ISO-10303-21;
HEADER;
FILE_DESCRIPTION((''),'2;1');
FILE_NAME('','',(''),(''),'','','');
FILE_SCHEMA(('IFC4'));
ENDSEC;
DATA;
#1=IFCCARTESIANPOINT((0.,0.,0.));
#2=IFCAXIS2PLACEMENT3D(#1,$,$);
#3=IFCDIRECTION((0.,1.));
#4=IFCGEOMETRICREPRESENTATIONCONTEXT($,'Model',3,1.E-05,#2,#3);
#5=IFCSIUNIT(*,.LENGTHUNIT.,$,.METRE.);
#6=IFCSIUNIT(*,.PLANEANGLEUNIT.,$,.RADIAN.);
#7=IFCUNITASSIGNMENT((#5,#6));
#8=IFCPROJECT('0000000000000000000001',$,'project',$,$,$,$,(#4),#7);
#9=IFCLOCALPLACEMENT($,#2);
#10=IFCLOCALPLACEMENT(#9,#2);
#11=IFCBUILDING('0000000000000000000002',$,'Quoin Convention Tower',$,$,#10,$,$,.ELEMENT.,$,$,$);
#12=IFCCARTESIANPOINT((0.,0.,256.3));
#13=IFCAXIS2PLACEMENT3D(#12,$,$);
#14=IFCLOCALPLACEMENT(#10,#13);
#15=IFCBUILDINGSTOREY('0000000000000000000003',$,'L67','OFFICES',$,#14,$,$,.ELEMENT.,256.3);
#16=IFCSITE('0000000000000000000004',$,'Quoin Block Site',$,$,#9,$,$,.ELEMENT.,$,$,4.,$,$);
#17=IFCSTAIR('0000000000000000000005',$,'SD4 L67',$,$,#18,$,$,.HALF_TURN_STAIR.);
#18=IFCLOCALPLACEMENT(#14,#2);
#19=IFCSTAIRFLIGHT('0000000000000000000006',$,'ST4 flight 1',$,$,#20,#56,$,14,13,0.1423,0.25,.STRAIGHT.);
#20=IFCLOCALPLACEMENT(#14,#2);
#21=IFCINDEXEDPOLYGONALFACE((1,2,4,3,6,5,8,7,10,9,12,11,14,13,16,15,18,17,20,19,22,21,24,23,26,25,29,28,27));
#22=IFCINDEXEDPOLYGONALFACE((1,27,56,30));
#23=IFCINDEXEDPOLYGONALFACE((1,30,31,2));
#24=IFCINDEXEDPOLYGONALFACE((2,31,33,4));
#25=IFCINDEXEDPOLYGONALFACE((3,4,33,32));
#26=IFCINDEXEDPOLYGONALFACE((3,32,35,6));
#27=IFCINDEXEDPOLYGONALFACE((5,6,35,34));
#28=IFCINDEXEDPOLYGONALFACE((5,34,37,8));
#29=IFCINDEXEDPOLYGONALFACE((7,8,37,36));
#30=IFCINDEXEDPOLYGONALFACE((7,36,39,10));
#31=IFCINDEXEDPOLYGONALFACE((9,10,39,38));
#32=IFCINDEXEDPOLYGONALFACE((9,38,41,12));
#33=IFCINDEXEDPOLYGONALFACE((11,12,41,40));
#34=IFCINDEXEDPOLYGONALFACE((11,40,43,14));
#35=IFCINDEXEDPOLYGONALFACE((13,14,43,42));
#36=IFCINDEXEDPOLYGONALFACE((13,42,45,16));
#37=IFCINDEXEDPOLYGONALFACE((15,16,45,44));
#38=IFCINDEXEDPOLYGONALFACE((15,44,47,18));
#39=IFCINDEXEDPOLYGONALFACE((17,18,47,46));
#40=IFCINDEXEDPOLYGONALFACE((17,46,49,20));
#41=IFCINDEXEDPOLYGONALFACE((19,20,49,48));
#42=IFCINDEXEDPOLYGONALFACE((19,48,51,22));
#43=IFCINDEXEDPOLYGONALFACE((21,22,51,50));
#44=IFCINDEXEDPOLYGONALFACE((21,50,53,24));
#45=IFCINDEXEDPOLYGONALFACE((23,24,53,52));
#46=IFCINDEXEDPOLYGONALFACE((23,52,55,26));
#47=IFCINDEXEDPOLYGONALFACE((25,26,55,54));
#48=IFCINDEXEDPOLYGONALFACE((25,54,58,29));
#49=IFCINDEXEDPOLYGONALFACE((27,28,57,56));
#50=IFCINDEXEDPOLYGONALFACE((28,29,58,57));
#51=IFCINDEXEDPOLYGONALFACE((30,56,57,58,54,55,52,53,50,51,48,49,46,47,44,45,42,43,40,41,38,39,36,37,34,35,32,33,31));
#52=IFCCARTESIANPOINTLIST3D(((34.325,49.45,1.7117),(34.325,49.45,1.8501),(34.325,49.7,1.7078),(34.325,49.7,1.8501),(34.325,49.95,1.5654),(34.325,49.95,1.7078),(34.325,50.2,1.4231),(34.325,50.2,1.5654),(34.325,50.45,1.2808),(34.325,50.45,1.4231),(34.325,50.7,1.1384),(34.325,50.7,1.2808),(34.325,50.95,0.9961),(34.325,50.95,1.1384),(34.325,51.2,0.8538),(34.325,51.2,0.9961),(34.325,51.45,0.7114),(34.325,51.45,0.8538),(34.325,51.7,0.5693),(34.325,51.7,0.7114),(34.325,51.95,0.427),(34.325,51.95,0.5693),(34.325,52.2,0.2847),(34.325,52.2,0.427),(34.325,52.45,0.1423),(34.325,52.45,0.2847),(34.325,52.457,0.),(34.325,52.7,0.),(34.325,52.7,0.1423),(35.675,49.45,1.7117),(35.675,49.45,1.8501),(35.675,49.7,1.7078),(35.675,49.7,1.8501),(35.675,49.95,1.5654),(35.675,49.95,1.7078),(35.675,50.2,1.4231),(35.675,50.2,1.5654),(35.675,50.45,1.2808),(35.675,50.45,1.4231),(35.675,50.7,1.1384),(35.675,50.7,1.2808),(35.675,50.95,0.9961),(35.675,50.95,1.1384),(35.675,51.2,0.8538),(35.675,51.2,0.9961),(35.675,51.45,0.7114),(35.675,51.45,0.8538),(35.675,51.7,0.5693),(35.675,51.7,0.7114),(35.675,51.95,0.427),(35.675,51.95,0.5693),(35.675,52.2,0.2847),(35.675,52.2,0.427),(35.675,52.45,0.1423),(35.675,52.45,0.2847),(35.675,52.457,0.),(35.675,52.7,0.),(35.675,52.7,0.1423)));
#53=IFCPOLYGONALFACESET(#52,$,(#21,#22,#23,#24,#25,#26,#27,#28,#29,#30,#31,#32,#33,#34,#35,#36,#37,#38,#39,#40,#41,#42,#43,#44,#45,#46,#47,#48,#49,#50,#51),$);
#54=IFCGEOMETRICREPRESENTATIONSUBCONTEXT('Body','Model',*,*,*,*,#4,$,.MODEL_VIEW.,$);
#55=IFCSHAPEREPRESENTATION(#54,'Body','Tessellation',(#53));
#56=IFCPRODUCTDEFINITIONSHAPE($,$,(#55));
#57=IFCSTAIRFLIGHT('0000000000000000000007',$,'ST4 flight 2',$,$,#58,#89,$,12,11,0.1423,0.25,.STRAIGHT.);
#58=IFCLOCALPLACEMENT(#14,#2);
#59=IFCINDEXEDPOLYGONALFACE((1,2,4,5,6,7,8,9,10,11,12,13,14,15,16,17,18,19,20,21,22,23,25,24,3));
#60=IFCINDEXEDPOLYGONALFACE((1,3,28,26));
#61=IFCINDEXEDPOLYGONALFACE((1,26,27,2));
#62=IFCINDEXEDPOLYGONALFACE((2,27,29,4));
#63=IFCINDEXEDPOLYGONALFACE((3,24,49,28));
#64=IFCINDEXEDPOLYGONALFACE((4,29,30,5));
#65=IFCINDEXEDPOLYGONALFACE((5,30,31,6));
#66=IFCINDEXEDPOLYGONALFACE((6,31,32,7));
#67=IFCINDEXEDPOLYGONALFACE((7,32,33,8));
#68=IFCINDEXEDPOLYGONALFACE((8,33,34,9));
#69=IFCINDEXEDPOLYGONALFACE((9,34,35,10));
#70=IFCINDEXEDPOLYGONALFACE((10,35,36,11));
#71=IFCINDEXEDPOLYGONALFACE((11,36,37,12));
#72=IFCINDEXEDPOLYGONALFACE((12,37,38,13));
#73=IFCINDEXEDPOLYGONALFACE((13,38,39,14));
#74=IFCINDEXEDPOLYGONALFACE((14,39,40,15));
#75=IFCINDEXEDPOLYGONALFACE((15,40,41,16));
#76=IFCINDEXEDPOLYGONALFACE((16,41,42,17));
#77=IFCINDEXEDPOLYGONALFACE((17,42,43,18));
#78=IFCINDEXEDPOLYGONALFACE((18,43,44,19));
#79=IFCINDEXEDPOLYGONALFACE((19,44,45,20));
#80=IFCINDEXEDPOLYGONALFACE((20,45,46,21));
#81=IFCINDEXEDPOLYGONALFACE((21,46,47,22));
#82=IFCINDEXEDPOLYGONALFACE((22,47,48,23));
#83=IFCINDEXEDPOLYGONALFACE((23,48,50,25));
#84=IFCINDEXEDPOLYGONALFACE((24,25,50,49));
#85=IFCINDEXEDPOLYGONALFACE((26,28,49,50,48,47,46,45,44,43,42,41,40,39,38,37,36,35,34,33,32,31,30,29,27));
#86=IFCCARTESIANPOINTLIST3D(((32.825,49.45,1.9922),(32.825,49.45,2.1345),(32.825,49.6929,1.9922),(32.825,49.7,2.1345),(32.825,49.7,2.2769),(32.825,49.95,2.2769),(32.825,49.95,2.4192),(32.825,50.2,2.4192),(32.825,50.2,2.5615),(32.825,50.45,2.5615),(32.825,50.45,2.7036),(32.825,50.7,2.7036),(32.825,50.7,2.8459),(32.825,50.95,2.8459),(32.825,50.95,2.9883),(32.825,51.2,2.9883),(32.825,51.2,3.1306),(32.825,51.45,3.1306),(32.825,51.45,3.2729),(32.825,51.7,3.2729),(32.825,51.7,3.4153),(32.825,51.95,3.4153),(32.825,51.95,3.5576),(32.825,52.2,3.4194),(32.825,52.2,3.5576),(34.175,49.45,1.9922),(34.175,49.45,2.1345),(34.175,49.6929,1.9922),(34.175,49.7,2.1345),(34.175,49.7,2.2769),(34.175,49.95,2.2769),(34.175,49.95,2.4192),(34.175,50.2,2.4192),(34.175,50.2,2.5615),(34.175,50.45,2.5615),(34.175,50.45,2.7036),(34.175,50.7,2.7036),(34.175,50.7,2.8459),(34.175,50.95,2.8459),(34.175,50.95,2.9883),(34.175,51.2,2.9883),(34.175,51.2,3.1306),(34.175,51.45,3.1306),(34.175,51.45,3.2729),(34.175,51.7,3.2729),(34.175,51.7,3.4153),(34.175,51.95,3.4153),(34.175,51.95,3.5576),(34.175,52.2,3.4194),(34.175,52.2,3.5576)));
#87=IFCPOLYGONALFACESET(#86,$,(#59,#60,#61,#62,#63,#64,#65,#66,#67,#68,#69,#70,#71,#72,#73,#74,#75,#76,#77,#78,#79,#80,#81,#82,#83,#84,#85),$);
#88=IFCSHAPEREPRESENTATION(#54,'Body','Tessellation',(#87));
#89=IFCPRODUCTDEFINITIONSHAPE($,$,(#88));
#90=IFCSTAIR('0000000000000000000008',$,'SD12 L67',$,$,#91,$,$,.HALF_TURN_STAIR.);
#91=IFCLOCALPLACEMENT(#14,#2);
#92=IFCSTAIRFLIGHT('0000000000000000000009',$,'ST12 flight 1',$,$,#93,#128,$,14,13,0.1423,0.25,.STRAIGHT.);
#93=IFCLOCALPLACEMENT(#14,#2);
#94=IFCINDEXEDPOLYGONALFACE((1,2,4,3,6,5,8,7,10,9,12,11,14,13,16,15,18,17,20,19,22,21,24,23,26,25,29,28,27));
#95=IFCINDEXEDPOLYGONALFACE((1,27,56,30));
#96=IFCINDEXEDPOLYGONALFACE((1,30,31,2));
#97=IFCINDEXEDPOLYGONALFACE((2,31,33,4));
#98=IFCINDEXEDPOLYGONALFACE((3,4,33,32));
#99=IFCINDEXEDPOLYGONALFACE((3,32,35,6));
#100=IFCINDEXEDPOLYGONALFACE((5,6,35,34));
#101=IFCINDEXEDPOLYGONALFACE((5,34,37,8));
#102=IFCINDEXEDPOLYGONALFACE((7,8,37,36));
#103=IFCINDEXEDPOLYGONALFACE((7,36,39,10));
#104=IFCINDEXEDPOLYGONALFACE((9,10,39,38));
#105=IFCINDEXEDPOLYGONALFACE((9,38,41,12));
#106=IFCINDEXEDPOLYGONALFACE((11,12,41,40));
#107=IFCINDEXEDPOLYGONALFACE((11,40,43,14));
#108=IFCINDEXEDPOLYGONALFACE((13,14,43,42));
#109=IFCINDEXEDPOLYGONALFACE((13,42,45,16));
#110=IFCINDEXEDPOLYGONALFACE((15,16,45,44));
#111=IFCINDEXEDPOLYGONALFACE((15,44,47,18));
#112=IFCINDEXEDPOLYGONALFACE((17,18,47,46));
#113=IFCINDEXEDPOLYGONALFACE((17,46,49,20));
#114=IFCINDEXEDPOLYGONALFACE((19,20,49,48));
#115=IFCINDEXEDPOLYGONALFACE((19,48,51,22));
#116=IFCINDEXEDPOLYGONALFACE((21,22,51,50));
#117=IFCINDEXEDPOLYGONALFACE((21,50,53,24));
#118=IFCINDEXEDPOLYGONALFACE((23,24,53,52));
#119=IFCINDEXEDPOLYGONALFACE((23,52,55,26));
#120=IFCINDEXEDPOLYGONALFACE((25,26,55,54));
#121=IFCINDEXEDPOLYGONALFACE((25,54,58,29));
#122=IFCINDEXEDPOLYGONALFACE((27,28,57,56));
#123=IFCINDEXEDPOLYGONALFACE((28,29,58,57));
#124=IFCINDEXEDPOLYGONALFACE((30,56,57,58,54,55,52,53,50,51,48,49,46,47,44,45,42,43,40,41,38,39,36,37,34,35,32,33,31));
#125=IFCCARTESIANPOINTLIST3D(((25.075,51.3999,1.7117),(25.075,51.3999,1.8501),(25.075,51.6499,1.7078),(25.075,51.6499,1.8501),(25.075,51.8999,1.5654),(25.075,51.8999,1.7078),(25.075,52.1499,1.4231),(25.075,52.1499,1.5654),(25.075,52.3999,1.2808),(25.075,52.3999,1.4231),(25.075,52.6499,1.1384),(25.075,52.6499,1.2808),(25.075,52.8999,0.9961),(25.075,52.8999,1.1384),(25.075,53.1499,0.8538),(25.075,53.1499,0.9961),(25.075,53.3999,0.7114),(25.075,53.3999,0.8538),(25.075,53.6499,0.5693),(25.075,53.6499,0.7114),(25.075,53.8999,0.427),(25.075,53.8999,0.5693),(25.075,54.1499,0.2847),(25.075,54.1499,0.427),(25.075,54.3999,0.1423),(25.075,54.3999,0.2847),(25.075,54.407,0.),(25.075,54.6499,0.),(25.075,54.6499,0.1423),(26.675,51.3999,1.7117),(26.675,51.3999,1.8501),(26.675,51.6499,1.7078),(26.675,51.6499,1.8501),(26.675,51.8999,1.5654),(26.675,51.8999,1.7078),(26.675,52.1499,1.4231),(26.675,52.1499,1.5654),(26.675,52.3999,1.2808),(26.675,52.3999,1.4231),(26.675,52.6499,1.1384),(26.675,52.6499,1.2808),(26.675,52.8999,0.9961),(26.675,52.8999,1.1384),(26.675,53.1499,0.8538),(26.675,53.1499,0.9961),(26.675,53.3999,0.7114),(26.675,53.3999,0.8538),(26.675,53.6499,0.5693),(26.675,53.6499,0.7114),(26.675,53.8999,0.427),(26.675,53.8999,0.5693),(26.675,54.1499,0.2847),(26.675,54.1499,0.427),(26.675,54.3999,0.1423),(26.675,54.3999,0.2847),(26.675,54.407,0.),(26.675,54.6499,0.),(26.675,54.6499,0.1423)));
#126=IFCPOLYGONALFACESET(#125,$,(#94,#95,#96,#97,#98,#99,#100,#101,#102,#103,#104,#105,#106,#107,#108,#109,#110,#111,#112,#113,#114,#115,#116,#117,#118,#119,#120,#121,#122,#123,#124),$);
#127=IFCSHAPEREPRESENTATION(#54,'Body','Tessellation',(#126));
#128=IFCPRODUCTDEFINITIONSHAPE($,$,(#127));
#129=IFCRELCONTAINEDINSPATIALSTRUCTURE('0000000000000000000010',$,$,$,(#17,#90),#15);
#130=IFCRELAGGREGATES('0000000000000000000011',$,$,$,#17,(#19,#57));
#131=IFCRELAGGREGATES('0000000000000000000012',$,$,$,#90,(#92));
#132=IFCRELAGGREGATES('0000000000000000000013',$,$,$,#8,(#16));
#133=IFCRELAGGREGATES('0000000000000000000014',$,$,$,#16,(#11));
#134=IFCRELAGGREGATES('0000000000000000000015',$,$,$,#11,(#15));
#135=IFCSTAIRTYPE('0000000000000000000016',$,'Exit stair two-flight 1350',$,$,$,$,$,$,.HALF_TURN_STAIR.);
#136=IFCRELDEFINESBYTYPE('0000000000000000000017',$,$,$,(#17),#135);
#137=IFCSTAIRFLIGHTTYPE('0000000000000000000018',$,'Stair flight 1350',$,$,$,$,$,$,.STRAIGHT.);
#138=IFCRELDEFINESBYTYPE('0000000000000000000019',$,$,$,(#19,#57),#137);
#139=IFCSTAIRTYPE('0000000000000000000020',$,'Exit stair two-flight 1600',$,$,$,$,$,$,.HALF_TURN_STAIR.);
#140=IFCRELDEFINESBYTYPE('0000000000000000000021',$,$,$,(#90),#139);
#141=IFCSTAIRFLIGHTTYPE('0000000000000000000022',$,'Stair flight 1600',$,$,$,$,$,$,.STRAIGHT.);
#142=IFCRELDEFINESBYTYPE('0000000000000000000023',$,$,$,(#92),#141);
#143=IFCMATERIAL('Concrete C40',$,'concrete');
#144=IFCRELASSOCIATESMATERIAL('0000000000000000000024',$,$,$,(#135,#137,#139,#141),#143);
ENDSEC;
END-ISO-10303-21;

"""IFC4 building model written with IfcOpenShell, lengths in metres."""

from ifc_helpers import new_model, si_unit, direction, frame, origin, place, context, subcontext, project, spatial, polyline, outline, extrude, material, type_object, element, aggregate, save


model = new_model("IFC4")

# Units and contexts
model_context = context("Model", 3, precision=1e-05, world=origin(), true_north=direction((0.0, 1.0)))
body_context = subcontext(model_context, "Body", "Model", "MODEL_VIEW")
ifc_project = project(units=[si_unit("LENGTHUNIT", "METRE"), si_unit("PLANEANGLEUNIT", "RADIAN")], contexts=[model_context])

# Site, building, storey
site_placement = place(None, origin())
site = spatial("IfcSite", under=ifc_project, at=site_placement, Name="Quoin Block Site", CompositionType="ELEMENT", RefElevation=4.0)
building_placement = place(site_placement, origin())
building = spatial("IfcBuilding", under=site, at=building_placement, Name="Quoin Convention Tower", CompositionType="ELEMENT")
storey_placement = place(building_placement, frame((0.0, 0.0, 256.3)))
storey = spatial("IfcBuildingStorey", under=building, at=storey_placement, Name="L67", Description="OFFICES", CompositionType="ELEMENT", Elevation=256.3)

# Shared definitions
ifc_material_1 = material(Name="Concrete C40", Category="concrete")
stair_type_1 = type_object("IfcStairType", Name="Exit stair two-flight 1350", PredefinedType="HALF_TURN_STAIR", material=ifc_material_1)
stair_flight_type_1 = type_object("IfcStairFlightType", Name="Stair flight 1350", PredefinedType="STRAIGHT", material=ifc_material_1)

# Stair, stair flights
stair_1_placement = place(storey_placement, origin())
stair_1 = element("IfcStair", 1, at=stair_1_placement, inside=storey, type_object=stair_type_1, Name="SD4 L67", PredefinedType="HALF_TURN_STAIR")
stair_flight_1_placement = place(storey_placement, frame((35.0, 52.7, 0.0), z_axis=(0.0, 0.0, 1.0), x_axis=(0.0, -1.0, 0.0)))
stair_flight_1 = element("IfcStairFlight", 2, at=stair_flight_1_placement, type_object=stair_flight_type_1, Name="ST4 flight 1", NumberOfRisers=14, NumberOfTreads=13, PredefinedType="STRAIGHT", RiserHeight=0.1423, TreadLength=0.25, context=body_context, shape_type="SweptSolid", body=[
    extrude(outline(polyline([(0.0, 0.0), (0.0, 0.1423), (0.25, 0.1423), (0.25, 0.2847), (0.5, 0.2847), (0.5, 0.427), (0.75, 0.427), (0.75, 0.5693), (1.0, 0.5693), (1.0, 0.7114), (1.25, 0.7114), (1.25, 0.8538), (1.5, 0.8538), (1.5, 0.9961), (1.75, 0.9961), (1.75, 1.1384), (2.0, 1.1384), (2.0, 1.2808), (2.25, 1.2808), (2.25, 1.4231), (2.5, 1.4231), (2.5, 1.5654), (2.75, 1.5654), (2.75, 1.7078), (3.0, 1.7078), (3.0, 1.8501), (3.25, 1.8501), (3.25, 1.9922), (3.25, 1.7117), (0.2429, 0.0), (0.0, 0.0)])), frame((0.0, 0.675, 0.0), z_axis=(0.0, -1.0, 0.0), x_axis=(1.0, 0.0, 0.0)), (0.0, 0.0, 1.0), 1.3501),
])
stair_flight_2_placement = place(storey_placement, frame((33.5, 49.45, 1.9922), z_axis=(0.0, 0.0, 1.0), x_axis=(0.0, 1.0, 0.0)))
stair_flight_2 = element("IfcStairFlight", 3, at=stair_flight_2_placement, type_object=stair_flight_type_1, Name="ST4 flight 2", NumberOfRisers=12, NumberOfTreads=11, PredefinedType="STRAIGHT", RiserHeight=0.1423, TreadLength=0.25, context=body_context, shape_type="SweptSolid", body=[
    extrude(outline(polyline([(0.0, 0.0), (0.0, 0.1423), (0.25, 0.1423), (0.25, 0.2847), (0.5, 0.2847), (0.5, 0.427), (0.75, 0.427), (0.75, 0.5693), (1.0, 0.5693), (1.0, 0.7114), (1.25, 0.7114), (1.25, 0.8538), (1.5, 0.8538), (1.5, 0.9961), (1.75, 0.9961), (1.75, 1.1384), (2.0, 1.1384), (2.0, 1.2808), (2.25, 1.2808), (2.25, 1.4231), (2.5, 1.4231), (2.5, 1.5654), (2.75, 1.5654), (2.75, 1.7078), (2.75, 1.4272), (0.2429, 0.0), (0.0, 0.0)])), frame((0.0, 0.675, 0.0), z_axis=(0.0, -1.0, 0.0), x_axis=(1.0, 0.0, 0.0)), (0.0, 0.0, 1.0), 1.3501),
])
aggregate(stair_1, [stair_flight_1, stair_flight_2])

# Stair, stair flight
stair_type_2 = type_object("IfcStairType", Name="Exit stair two-flight 1600", PredefinedType="HALF_TURN_STAIR", material=ifc_material_1)
stair_2_placement = place(storey_placement, origin())
stair_2 = element("IfcStair", 4, at=stair_2_placement, inside=storey, type_object=stair_type_2, Name="SD12 L67", PredefinedType="HALF_TURN_STAIR")
stair_flight_type_2 = type_object("IfcStairFlightType", Name="Stair flight 1600", PredefinedType="STRAIGHT", material=ifc_material_1)
stair_flight_3_placement = place(storey_placement, frame((25.875, 54.6499, 0.0), z_axis=(0.0, 0.0, 1.0), x_axis=(0.0, -1.0, 0.0)))
stair_flight_3 = element("IfcStairFlight", 5, at=stair_flight_3_placement, type_object=stair_flight_type_2, Name="ST12 flight 1", NumberOfRisers=14, NumberOfTreads=13, PredefinedType="STRAIGHT", RiserHeight=0.1423, TreadLength=0.25, context=body_context, shape_type="SweptSolid", body=[
    extrude(outline(polyline([(0.0, 0.0), (0.0, 0.1423), (0.25, 0.1423), (0.25, 0.2847), (0.5, 0.2847), (0.5, 0.427), (0.75, 0.427), (0.75, 0.5693), (1.0, 0.5693), (1.0, 0.7114), (1.25, 0.7114), (1.25, 0.8538), (1.5, 0.8538), (1.5, 0.9961), (1.75, 0.9961), (1.75, 1.1384), (2.0, 1.1384), (2.0, 1.2808), (2.25, 1.2808), (2.25, 1.4231), (2.5, 1.4231), (2.5, 1.5654), (2.75, 1.5654), (2.75, 1.7078), (3.0, 1.7078), (3.0, 1.8501), (3.25, 1.8501), (3.25, 1.9922), (3.25, 1.7117), (0.2429, 0.0), (0.0, 0.0)])), frame((0.0, 0.8, 0.0), z_axis=(0.0, -1.0, 0.0), x_axis=(1.0, 0.0, 0.0)), (0.0, 0.0, 1.0), 1.6001),
])
aggregate(stair_2, [stair_flight_3])

save(model, "model.ifc")
